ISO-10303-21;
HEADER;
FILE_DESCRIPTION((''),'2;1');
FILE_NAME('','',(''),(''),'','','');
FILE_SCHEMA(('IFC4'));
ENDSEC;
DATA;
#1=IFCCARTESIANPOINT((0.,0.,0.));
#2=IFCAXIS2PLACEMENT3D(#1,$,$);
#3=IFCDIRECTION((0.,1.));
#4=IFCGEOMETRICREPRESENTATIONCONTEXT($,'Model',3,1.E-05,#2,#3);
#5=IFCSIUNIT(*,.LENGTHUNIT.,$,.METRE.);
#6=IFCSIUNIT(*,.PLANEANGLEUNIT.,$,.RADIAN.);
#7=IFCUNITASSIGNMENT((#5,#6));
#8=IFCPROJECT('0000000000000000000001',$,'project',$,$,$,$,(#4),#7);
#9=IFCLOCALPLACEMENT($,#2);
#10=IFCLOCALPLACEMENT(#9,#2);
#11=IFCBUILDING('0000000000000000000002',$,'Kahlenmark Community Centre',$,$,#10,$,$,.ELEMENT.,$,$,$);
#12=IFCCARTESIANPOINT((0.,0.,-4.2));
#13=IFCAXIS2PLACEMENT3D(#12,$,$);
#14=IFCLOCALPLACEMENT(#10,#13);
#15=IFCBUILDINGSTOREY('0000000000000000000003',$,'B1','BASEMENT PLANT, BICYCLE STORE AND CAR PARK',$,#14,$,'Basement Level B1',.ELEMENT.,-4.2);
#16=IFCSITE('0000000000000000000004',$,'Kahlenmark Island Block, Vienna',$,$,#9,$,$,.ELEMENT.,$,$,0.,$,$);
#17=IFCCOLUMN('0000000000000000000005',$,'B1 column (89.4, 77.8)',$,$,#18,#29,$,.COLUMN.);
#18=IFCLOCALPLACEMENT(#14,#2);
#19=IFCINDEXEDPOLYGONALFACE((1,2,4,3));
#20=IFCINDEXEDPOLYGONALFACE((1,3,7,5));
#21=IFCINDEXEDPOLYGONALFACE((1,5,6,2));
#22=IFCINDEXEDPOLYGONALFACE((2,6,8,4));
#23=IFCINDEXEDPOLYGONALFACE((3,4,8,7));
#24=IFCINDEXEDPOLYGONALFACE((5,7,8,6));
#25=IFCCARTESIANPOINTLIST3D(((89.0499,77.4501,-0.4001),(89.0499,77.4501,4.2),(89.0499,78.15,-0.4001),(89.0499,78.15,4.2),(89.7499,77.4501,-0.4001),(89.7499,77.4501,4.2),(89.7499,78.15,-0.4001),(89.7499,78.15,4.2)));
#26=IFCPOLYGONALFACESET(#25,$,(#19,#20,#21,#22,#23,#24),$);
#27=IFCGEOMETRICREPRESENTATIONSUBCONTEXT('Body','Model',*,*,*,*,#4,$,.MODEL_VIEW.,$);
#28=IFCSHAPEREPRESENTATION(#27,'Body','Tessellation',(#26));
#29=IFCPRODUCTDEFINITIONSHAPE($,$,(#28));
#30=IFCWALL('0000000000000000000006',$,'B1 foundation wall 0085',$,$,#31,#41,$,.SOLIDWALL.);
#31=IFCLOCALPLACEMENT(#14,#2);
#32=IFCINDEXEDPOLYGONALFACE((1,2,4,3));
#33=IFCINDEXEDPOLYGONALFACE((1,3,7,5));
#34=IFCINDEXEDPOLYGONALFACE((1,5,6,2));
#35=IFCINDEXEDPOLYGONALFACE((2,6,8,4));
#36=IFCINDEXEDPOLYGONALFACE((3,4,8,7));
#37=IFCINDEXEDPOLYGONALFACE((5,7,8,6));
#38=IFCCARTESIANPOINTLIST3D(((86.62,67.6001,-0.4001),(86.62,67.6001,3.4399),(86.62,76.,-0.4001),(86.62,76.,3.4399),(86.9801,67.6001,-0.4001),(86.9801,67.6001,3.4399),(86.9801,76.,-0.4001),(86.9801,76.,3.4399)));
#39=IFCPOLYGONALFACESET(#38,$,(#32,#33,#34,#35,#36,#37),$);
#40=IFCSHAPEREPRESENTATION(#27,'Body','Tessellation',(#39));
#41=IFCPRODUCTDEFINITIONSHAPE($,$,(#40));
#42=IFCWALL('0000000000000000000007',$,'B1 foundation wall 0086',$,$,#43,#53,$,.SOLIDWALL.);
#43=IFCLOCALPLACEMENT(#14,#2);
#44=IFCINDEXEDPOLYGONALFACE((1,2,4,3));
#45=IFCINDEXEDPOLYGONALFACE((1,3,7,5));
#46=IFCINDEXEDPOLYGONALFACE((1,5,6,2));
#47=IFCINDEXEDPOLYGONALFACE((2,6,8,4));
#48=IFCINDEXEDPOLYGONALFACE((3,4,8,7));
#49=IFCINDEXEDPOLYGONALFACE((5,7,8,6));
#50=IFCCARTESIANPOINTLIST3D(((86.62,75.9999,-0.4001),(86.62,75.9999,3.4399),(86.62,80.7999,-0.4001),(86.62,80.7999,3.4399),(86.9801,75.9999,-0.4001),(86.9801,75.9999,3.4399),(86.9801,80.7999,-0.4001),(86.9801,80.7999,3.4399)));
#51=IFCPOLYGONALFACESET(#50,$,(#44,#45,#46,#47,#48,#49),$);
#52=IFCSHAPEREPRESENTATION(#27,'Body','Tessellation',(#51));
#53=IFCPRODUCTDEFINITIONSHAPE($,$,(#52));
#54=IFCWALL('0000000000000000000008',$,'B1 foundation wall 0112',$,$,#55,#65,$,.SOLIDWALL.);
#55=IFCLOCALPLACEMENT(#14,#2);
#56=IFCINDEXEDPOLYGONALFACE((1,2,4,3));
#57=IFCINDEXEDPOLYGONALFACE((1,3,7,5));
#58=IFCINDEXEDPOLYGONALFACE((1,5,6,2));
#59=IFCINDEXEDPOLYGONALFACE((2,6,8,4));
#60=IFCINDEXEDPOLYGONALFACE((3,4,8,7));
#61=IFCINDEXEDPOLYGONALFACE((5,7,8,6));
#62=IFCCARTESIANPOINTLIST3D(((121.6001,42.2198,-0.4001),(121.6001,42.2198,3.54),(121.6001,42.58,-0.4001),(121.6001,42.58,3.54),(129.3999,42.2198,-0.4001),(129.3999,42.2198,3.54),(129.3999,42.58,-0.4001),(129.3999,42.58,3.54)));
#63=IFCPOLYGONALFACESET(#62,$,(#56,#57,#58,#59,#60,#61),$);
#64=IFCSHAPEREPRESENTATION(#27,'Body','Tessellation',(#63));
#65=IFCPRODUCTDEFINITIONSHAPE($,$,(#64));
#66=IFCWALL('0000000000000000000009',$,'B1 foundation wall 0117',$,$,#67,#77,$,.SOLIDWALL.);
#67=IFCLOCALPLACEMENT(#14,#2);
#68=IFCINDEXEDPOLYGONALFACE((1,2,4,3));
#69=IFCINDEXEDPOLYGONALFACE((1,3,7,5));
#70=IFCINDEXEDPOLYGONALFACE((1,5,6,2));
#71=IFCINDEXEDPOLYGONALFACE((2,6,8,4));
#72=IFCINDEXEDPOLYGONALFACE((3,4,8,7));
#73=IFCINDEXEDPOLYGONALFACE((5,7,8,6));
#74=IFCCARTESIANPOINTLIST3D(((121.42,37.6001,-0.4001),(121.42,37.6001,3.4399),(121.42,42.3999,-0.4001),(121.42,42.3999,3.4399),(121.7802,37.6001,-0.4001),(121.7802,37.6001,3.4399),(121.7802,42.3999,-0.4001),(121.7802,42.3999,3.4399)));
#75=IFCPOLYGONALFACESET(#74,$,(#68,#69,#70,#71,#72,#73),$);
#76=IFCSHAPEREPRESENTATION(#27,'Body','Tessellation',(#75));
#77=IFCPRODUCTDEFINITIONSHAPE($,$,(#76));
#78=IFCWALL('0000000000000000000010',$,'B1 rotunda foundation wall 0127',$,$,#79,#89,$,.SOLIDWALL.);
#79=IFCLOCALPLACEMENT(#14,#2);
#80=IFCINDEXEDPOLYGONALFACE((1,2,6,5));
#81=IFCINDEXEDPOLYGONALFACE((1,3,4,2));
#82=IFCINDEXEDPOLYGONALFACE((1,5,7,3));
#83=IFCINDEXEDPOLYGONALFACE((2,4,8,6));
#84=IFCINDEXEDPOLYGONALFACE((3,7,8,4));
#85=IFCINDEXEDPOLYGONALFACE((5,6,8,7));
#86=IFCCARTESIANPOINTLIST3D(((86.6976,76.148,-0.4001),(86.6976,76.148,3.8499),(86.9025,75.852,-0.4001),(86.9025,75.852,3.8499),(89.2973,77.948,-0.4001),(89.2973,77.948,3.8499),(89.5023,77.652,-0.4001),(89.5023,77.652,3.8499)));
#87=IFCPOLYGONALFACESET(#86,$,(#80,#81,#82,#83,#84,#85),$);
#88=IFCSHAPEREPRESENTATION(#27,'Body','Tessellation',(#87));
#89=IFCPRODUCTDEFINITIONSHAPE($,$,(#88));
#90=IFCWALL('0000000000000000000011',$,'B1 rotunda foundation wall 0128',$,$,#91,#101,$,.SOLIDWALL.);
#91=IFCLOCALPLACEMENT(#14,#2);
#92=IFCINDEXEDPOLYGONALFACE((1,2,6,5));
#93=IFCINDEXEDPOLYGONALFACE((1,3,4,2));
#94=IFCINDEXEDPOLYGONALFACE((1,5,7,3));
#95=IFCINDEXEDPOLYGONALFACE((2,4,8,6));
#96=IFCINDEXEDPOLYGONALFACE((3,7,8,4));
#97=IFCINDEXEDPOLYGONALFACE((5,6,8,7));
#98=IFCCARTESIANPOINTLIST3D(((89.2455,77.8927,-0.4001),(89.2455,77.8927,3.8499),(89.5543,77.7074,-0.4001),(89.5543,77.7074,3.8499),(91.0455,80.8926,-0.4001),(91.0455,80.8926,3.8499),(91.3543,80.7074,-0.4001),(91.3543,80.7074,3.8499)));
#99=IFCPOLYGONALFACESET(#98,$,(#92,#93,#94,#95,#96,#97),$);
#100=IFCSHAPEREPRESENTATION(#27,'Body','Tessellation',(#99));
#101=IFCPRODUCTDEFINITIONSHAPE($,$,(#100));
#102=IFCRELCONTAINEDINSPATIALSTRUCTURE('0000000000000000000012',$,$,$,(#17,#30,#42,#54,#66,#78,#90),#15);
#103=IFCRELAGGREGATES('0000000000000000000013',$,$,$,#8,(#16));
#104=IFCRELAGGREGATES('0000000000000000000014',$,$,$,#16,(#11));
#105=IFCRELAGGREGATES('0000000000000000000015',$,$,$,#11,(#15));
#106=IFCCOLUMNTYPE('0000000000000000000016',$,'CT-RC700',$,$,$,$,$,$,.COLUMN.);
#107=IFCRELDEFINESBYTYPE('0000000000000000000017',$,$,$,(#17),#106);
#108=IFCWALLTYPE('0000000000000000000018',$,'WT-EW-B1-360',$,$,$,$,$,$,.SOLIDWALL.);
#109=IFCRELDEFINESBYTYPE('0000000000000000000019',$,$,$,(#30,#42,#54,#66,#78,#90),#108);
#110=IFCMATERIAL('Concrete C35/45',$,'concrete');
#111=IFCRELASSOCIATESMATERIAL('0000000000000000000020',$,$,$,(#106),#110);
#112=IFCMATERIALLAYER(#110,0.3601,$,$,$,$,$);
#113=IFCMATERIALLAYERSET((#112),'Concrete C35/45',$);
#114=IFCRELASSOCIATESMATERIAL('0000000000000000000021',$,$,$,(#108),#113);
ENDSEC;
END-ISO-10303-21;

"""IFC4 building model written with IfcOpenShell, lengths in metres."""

from ifc_helpers import new_model, si_unit, direction, frame, frame_2d, origin, origin_2d, place, context, subcontext, project, spatial, rectangle, extrude, material, layer, layer_set, material_profile, profile_set, type_object, element, save


model = new_model("IFC4")

# Units and contexts
model_context = context("Model", 3, precision=1e-05, world=origin(), true_north=direction((0.0, 1.0)))
body_context = subcontext(model_context, "Body", "Model", "MODEL_VIEW")
ifc_project = project(units=[si_unit("LENGTHUNIT", "METRE"), si_unit("PLANEANGLEUNIT", "RADIAN")], contexts=[model_context])

# Site, building, storey
site_placement = place(None, origin())
site = spatial("IfcSite", under=ifc_project, at=site_placement, Name="Kahlenmark Island Block, Vienna", CompositionType="ELEMENT", RefElevation=0.0)
building_placement = place(site_placement, origin())
building = spatial("IfcBuilding", under=site, at=building_placement, Name="Kahlenmark Community Centre", CompositionType="ELEMENT")
storey_placement = place(building_placement, frame((0.0, 0.0, -4.2)))
storey = spatial("IfcBuildingStorey", under=building, at=storey_placement, Name="B1", Description="BASEMENT PLANT, BICYCLE STORE AND CAR PARK", LongName="Basement Level B1", CompositionType="ELEMENT", Elevation=-4.2)

# Column
ifc_material_1 = material(Name="Concrete C35/45", Category="concrete")
ifc_material_profile_1 = material_profile(ifc_material_1, rectangle(XDim=0.7, YDim=0.7, at=origin_2d()), Name="RC 700x700")
ifc_profile_set_1 = profile_set([ifc_material_profile_1], Name="Concrete C35/45")
column_type_1 = type_object("IfcColumnType", Name="CT-RC700", PredefinedType="COLUMN", material=ifc_profile_set_1)
for number, where, z_axis, x_axis, name in (
    (1, (89.3999, 77.8, -0.4001), (0.0, 0.0, 1.0), (1.0, 0.0, 0.0), "B1 column (89.4, 77.8)"),
):
    element("IfcColumn", number, at=place(storey_placement, frame(where, z_axis=z_axis, x_axis=x_axis)), inside=storey, type_object=column_type_1, Name=name, PredefinedType="COLUMN", context=body_context, shape_type="SweptSolid", body=[
        extrude(rectangle(XDim=0.7, YDim=0.7, at=origin_2d()), origin(), (0.0, 0.0, 1.0), 4.6001),
    ])

# Walls
ifc_layer = layer(ifc_material_1, 0.3601)
ifc_layer_set = layer_set([ifc_layer], Name="Concrete C35/45")
wall_type = type_object("IfcWallType", Name="WT-EW-B1-360", PredefinedType="SOLIDWALL", material=ifc_layer_set)
wall_1_placement = place(storey_placement, frame((86.8, 67.6001, -0.4001), z_axis=(0.0, 0.0, 1.0), x_axis=(0.0, 1.0, 0.0)))
element("IfcWall", 2, at=wall_1_placement, inside=storey, type_object=wall_type, Name="B1 foundation wall 0085", PredefinedType="SOLIDWALL", context=body_context, shape_type="SweptSolid", body=[
    extrude(rectangle(XDim=8.3999, YDim=0.3601, at=frame_2d((4.2, 0.0))), origin(), (0.0, 0.0, 1.0), 3.8401),
])
wall_2_placement = place(storey_placement, frame((86.8, 76.0, -0.4001), z_axis=(0.0, 0.0, 1.0), x_axis=(0.0, 1.0, 0.0)))
element("IfcWall", 3, at=wall_2_placement, inside=storey, type_object=wall_type, Name="B1 foundation wall 0086", PredefinedType="SOLIDWALL", context=body_context, shape_type="SweptSolid", body=[
    extrude(rectangle(XDim=4.8, YDim=0.3601, at=frame_2d((2.3999, 0.0))), origin(), (0.0, 0.0, 1.0), 3.8401),
])
wall_3_placement = place(storey_placement, frame((121.6001, 42.3999, -0.4001), z_axis=(0.0, 0.0, 1.0), x_axis=(1.0, 0.0, 0.0)))
element("IfcWall", 4, at=wall_3_placement, inside=storey, type_object=wall_type, Name="B1 foundation wall 0112", PredefinedType="SOLIDWALL", context=body_context, shape_type="SweptSolid", body=[
    extrude(rectangle(XDim=7.7998, YDim=0.3601, at=frame_2d((3.8999, 0.0))), origin(), (0.0, 0.0, 1.0), 3.9402),
])
wall_4_placement = place(storey_placement, frame((121.6001, 37.6001, -0.4001), z_axis=(0.0, 0.0, 1.0), x_axis=(0.0, 1.0, 0.0)))
element("IfcWall", 5, at=wall_4_placement, inside=storey, type_object=wall_type, Name="B1 foundation wall 0117", PredefinedType="SOLIDWALL", context=body_context, shape_type="SweptSolid", body=[
    extrude(rectangle(XDim=4.7998, YDim=0.3601, at=frame_2d((2.3999, 0.0))), origin(), (0.0, 0.0, 1.0), 3.8401),
])
wall_5_placement = place(storey_placement, frame((86.8, 76.0, -0.4001), z_axis=(0.0, 0.0, 1.0), x_axis=(0.82217, 0.569242, 0.0)))
element("IfcWall", 6, at=wall_5_placement, inside=storey, type_object=wall_type, Name="B1 rotunda foundation wall 0127", PredefinedType="SOLIDWALL", context=body_context, shape_type="SweptSolid", body=[
    extrude(rectangle(XDim=3.1621, YDim=0.3601, at=frame_2d((1.5811, 0.0))), origin(), (0.0, 0.0, 1.0), 4.25),
])
wall_6_placement = place(storey_placement, frame((89.3999, 77.8, -0.4001), z_axis=(0.0, 0.0, 1.0), x_axis=(0.514506, 0.857487, 0.0)))
element("IfcWall", 7, at=wall_6_placement, inside=storey, type_object=wall_type, Name="B1 rotunda foundation wall 0128", PredefinedType="SOLIDWALL", context=body_context, shape_type="SweptSolid", body=[
    extrude(rectangle(XDim=3.4985, YDim=0.3601, at=frame_2d((1.7493, 0.0))), origin(), (0.0, 0.0, 1.0), 4.25),
])

save(model, "model.ifc")
